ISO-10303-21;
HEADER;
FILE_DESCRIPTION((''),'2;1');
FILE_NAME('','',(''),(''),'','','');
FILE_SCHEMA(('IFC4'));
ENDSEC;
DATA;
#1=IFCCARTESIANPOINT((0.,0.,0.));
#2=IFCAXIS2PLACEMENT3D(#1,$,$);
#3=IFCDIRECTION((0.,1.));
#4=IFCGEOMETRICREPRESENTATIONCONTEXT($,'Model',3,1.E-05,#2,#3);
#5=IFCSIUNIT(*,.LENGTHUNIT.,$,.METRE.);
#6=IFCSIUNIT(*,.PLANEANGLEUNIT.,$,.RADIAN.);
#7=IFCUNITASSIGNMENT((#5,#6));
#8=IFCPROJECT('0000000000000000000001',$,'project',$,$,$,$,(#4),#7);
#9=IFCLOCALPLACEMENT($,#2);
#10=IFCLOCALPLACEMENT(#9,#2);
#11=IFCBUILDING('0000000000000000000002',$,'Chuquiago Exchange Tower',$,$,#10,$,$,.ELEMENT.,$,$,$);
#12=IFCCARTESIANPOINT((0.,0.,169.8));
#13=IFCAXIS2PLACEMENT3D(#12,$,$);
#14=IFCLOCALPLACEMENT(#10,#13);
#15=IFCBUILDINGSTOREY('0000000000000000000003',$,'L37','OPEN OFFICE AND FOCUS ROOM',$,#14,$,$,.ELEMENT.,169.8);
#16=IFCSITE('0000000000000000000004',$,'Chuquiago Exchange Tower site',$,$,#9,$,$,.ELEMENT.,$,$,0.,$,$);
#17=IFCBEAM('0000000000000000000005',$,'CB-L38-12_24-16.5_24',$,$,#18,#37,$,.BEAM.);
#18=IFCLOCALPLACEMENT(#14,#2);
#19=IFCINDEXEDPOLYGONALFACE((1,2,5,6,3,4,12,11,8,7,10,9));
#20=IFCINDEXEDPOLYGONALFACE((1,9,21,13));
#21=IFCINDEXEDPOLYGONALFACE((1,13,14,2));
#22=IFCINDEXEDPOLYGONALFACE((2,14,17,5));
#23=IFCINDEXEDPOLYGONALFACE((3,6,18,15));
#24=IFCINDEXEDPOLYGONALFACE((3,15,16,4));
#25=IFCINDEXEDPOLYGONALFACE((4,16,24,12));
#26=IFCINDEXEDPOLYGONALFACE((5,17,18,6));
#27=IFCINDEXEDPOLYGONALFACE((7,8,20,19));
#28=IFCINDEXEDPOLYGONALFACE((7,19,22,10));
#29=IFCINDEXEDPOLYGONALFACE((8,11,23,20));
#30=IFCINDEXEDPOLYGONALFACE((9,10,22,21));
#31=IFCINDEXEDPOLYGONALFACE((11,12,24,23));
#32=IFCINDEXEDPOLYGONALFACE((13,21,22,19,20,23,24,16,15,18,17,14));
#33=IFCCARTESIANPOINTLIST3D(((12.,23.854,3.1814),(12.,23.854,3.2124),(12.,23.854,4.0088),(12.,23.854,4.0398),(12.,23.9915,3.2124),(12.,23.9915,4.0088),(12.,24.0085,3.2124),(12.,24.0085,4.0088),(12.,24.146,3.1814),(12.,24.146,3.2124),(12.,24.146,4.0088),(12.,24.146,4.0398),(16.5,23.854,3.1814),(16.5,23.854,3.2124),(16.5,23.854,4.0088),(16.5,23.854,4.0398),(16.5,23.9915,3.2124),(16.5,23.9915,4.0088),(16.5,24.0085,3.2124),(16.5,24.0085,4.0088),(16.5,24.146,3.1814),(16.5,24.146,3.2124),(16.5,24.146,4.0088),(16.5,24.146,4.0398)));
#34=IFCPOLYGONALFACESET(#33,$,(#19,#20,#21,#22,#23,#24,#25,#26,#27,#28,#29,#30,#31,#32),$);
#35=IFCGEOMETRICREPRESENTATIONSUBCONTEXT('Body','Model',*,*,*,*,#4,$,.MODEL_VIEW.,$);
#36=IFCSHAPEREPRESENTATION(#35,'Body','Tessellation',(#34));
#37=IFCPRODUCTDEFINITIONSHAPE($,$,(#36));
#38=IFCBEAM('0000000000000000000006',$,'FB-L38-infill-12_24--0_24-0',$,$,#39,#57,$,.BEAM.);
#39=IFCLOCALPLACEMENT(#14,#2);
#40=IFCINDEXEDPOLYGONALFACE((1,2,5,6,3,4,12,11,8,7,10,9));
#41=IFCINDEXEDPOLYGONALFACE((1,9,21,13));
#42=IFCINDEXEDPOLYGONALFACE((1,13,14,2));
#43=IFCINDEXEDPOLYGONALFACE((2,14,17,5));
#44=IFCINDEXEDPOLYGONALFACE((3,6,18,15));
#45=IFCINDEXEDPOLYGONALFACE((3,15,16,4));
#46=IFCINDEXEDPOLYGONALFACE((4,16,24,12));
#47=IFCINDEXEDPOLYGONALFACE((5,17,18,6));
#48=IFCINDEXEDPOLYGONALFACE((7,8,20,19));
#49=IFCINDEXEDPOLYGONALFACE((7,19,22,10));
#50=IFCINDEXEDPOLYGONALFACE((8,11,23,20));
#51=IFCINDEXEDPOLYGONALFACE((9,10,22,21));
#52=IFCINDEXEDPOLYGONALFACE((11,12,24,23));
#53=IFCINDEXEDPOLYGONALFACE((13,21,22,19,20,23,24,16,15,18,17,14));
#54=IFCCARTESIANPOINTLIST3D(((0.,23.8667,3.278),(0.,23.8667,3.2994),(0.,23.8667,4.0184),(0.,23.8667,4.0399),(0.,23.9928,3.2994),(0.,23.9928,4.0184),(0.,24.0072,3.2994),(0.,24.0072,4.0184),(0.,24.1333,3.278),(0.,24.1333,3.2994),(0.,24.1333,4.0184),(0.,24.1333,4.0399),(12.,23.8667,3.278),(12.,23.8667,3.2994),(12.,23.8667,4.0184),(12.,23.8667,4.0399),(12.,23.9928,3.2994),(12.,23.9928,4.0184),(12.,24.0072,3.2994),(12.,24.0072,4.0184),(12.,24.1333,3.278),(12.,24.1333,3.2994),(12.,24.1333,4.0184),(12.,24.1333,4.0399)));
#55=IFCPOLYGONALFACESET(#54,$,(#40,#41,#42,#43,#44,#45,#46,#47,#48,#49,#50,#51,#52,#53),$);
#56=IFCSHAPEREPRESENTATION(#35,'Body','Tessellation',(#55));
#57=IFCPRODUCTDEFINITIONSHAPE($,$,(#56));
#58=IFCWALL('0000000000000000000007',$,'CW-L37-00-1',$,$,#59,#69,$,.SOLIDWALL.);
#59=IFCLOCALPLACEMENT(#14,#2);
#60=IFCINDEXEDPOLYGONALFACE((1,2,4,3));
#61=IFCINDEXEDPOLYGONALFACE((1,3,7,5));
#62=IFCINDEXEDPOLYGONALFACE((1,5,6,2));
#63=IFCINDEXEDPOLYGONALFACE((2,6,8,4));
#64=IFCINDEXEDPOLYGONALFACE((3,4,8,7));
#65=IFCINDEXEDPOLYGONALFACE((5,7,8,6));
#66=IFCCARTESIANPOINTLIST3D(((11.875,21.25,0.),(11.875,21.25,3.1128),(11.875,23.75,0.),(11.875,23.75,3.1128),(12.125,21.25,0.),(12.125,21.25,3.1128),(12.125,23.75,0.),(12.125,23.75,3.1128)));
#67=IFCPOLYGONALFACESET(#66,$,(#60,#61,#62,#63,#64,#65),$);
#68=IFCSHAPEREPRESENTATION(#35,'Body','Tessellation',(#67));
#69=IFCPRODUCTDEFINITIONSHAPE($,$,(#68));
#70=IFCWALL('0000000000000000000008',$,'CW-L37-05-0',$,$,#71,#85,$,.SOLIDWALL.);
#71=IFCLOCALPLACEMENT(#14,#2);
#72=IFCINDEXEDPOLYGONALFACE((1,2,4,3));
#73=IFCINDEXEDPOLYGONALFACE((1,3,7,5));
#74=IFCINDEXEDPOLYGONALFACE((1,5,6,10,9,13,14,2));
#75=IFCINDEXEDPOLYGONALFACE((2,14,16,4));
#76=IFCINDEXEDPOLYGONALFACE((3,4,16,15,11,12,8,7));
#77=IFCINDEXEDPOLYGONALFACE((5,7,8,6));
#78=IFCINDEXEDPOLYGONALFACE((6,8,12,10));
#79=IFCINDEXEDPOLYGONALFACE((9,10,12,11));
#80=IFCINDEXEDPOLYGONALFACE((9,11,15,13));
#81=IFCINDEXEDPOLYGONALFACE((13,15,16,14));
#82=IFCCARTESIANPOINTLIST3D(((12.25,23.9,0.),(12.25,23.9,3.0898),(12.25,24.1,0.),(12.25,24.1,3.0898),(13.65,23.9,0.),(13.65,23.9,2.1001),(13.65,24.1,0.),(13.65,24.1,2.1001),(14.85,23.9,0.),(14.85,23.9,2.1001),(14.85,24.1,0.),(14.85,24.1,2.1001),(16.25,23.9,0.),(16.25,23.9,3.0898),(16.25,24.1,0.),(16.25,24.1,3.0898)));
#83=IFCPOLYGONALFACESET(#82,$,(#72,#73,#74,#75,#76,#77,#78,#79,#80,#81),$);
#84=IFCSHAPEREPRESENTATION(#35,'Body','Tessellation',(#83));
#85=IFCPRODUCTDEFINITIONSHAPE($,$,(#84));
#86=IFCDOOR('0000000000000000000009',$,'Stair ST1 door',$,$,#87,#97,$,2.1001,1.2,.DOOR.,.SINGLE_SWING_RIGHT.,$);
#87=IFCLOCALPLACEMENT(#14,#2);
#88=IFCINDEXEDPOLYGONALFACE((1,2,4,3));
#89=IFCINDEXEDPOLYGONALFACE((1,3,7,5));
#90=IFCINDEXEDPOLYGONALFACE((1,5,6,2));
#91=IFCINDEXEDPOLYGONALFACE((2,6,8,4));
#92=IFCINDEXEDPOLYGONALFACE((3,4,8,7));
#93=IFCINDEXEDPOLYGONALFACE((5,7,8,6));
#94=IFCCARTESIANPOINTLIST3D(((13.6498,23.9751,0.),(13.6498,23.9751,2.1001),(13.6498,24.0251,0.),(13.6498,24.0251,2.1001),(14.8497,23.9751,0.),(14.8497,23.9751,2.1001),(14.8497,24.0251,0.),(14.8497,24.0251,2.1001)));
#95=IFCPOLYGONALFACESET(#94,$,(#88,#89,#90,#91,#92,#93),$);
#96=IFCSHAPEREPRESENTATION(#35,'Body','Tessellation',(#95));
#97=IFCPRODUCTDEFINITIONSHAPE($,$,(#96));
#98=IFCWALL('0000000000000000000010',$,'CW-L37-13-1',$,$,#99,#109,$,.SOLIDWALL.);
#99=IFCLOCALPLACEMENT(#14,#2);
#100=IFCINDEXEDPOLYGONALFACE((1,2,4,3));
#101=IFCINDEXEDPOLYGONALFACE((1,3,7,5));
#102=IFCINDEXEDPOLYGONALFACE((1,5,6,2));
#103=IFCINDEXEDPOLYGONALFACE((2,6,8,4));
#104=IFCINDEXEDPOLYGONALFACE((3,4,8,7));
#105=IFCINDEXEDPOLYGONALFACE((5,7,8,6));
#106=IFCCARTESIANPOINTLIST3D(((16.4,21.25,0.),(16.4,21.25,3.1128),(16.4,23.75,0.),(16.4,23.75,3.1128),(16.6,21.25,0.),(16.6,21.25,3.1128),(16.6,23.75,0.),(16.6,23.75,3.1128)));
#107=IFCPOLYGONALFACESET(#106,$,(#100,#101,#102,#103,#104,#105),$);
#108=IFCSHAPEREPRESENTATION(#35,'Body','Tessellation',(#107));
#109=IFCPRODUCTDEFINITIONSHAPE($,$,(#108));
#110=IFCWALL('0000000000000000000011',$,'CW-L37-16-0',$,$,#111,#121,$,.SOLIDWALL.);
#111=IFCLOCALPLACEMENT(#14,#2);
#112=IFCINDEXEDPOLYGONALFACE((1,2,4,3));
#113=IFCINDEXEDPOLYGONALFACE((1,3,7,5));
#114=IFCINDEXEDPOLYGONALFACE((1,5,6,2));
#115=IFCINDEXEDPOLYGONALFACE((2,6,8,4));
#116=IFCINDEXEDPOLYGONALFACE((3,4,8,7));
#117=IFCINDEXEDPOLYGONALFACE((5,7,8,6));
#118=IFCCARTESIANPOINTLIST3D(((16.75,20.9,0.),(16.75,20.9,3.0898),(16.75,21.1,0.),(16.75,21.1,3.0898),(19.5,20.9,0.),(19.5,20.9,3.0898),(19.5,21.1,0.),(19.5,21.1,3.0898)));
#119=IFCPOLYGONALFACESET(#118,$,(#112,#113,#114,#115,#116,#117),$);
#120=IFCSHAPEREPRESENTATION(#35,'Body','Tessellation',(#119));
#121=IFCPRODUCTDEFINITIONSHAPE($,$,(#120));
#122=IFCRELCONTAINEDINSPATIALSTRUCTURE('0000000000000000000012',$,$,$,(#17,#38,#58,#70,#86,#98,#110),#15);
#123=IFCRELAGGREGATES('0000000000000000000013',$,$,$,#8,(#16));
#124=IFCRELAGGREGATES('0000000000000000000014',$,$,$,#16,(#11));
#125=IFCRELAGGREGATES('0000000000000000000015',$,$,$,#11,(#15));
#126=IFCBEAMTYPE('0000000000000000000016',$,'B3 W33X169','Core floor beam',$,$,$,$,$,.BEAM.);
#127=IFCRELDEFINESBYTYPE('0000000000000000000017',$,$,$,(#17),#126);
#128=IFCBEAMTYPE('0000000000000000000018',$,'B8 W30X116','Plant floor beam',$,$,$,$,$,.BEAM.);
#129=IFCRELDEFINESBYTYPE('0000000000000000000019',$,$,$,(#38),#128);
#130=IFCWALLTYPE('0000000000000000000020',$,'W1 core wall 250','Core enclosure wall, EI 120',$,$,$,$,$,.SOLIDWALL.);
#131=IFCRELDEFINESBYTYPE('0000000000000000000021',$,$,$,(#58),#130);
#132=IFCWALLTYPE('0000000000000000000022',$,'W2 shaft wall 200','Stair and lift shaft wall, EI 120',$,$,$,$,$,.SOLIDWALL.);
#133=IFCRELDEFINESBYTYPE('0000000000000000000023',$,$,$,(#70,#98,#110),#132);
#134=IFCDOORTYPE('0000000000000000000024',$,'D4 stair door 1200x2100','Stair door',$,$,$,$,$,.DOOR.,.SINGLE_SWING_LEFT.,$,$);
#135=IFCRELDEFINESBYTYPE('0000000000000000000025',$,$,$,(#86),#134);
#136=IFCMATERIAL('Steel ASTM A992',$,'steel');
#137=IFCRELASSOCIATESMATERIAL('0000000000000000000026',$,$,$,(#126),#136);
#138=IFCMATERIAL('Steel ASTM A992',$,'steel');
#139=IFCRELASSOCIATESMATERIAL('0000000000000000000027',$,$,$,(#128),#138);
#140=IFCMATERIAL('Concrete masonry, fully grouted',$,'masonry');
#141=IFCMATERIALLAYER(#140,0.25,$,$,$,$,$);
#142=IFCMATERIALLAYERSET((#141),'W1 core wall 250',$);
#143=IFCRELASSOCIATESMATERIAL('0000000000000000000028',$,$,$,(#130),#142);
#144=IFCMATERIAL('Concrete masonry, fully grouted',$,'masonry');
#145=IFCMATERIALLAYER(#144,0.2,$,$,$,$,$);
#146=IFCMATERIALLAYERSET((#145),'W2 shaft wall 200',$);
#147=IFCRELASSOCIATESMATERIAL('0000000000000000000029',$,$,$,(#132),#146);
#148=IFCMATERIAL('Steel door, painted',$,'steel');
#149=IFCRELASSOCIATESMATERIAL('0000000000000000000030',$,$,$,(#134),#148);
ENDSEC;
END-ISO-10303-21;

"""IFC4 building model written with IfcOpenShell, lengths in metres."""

from ifc_helpers import new_model, si_unit, direction, frame, frame_2d, origin, origin_2d, place, context, subcontext, project, spatial, rectangle, i_section, extrude, material, layer, layer_set, material_profile, profile_set, type_object, element, fill, save


model = new_model("IFC4")

# Units and contexts
model_context = context("Model", 3, precision=1e-05, world=origin(), true_north=direction((0.0, 1.0)))
body_context = subcontext(model_context, "Body", "Model", "MODEL_VIEW")
ifc_project = project(units=[si_unit("LENGTHUNIT", "METRE"), si_unit("PLANEANGLEUNIT", "RADIAN")], contexts=[model_context])

# Site, building, storey
site_placement = place(None, origin())
site = spatial("IfcSite", under=ifc_project, at=site_placement, Name="Chuquiago Exchange Tower site", CompositionType="ELEMENT", RefElevation=0.0)
building_placement = place(site_placement, origin())
building = spatial("IfcBuilding", under=site, at=building_placement, Name="Chuquiago Exchange Tower", CompositionType="ELEMENT")
storey_placement = place(building_placement, frame((0.0, 0.0, 169.8)))
storey = spatial("IfcBuildingStorey", under=building, at=storey_placement, Name="L37", Description="OPEN OFFICE AND FOCUS ROOM", CompositionType="ELEMENT", Elevation=169.8)

# Beams
ifc_material_1 = material(Name="Steel ASTM A992", Category="steel")
ifc_material_profile_1 = material_profile(ifc_material_1, i_section(OverallWidth=0.292, OverallDepth=0.8584, WebThickness=0.0171, FlangeThickness=0.031, at=origin_2d()), Name="W33X169")
ifc_profile_set_1 = profile_set([ifc_material_profile_1], Name="Steel ASTM A992")
beam_type_1 = type_object("IfcBeamType", Name="B3 W33X169", Description="Core floor beam", PredefinedType="BEAM", material=ifc_profile_set_1)
beam_1_placement = place(storey_placement, frame((12.0, 24.0, 3.6106), z_axis=(1.0, 0.0, 0.0), x_axis=(0.0, 1.0, 0.0)))
element("IfcBeam", 1, at=beam_1_placement, inside=storey, type_object=beam_type_1, Name="CB-L38-12_24-16.5_24", PredefinedType="BEAM", context=body_context, shape_type="SweptSolid", body=[
    extrude(i_section(OverallWidth=0.292, OverallDepth=0.8584, WebThickness=0.0171, FlangeThickness=0.031, at=origin_2d()), origin(), (0.0, 0.0, 1.0), 4.5),
])
ifc_material_2 = material(Name="Steel ASTM A992", Category="steel")
ifc_material_profile_2 = material_profile(ifc_material_2, i_section(OverallWidth=0.2666, OverallDepth=0.762, WebThickness=0.0144, FlangeThickness=0.0215, at=origin_2d()), Name="W30X116")
ifc_profile_set_2 = profile_set([ifc_material_profile_2], Name="Steel ASTM A992")
beam_type_2 = type_object("IfcBeamType", Name="B8 W30X116", Description="Plant floor beam", PredefinedType="BEAM", material=ifc_profile_set_2)
beam_2_placement = place(storey_placement, frame((12.0, 24.0, 3.6589), z_axis=(-1.0, 0.0, 0.0), x_axis=(0.0, -1.0, 0.0)))
element("IfcBeam", 2, at=beam_2_placement, inside=storey, type_object=beam_type_2, Name="FB-L38-infill-12_24--0_24-0", PredefinedType="BEAM", context=body_context, shape_type="SweptSolid", body=[
    extrude(i_section(OverallWidth=0.2666, OverallDepth=0.762, WebThickness=0.0144, FlangeThickness=0.0215, at=origin_2d()), origin(), (0.0, 0.0, 1.0), 12.0),
])

# Wall
ifc_material_3 = material(Name="Concrete masonry, fully grouted", Category="masonry")
ifc_layer_1 = layer(ifc_material_3, 0.25)
ifc_layer_set_1 = layer_set([ifc_layer_1], Name="W1 core wall 250")
wall_type_1 = type_object("IfcWallType", Name="W1 core wall 250", Description="Core enclosure wall, EI 120", PredefinedType="SOLIDWALL", material=ifc_layer_set_1)
wall_1_placement = place(storey_placement, frame((12.0, 21.25, 0.0), z_axis=(0.0, 0.0, 1.0), x_axis=(0.0, 1.0, 0.0)))
element("IfcWall", 3, at=wall_1_placement, inside=storey, type_object=wall_type_1, Name="CW-L37-00-1", PredefinedType="SOLIDWALL", context=body_context, shape_type="SweptSolid", body=[
    extrude(rectangle(XDim=2.5, YDim=0.25, at=frame_2d((1.25, 0.0))), origin(), (0.0, 0.0, 1.0), 3.1128),
])

# Wall, opening, door
ifc_material_4 = material(Name="Concrete masonry, fully grouted", Category="masonry")
ifc_layer_2 = layer(ifc_material_4, 0.2)
ifc_layer_set_2 = layer_set([ifc_layer_2], Name="W2 shaft wall 200")
wall_type_2 = type_object("IfcWallType", Name="W2 shaft wall 200", Description="Stair and lift shaft wall, EI 120", PredefinedType="SOLIDWALL", material=ifc_layer_set_2)
wall_2_placement = place(storey_placement, frame((12.25, 24.0, 0.0), z_axis=(0.0, 0.0, 1.0), x_axis=(1.0, 0.0, 0.0)))
wall_2 = element("IfcWall", 4, at=wall_2_placement, inside=storey, type_object=wall_type_2, Name="CW-L37-05-0", PredefinedType="SOLIDWALL", context=body_context, shape_type="SweptSolid", body=[
    extrude(rectangle(XDim=4.0, YDim=0.2, at=frame_2d((2.0, 0.0))), origin(), (0.0, 0.0, 1.0), 3.0898),
])
opening_placement = place(wall_2_placement, frame((1.3999, 0.0, 0.0)))
opening = element("IfcOpeningElement", 5, at=opening_placement, cuts=wall_2, PredefinedType="OPENING", context=body_context, shape_type="SweptSolid", body=[
    extrude(rectangle(XDim=1.2, YDim=2.1001, at=frame_2d((0.6001, 1.05))), frame((0.0, 0.1099, 0.0), z_axis=(0.0, -1.0, 0.0), x_axis=(1.0, 0.0, 0.0)), (0.0, 0.0, 1.0), 0.22),
])
ifc_material_5 = material(Name="Steel door, painted", Category="steel")
door_type = type_object("IfcDoorType", Name="D4 stair door 1200x2100", Description="Stair door", OperationType="SINGLE_SWING_LEFT", PredefinedType="DOOR", material=ifc_material_5)
door_placement = place(opening_placement, frame((1.2, 0.0, 0.0), z_axis=(0.0, 0.0, 1.0), x_axis=(-1.0, 0.0, 0.0)))
door = element("IfcDoor", 6, at=door_placement, inside=storey, type_object=door_type, Name="Stair ST1 door", OperationType="SINGLE_SWING_RIGHT", OverallHeight=2.1001, OverallWidth=1.2, PredefinedType="DOOR", context=body_context, shape_type="SweptSolid", body=[
    extrude(rectangle(XDim=1.2, YDim=2.1001, at=frame_2d((0.6001, 1.05))), frame((0.0, 0.0249, 0.0), z_axis=(0.0, -1.0, 0.0), x_axis=(1.0, 0.0, 0.0)), (0.0, 0.0, 1.0), 0.05),
])
fill(opening, door)

# Walls
wall_3_placement = place(storey_placement, frame((16.5, 21.25, 0.0), z_axis=(0.0, 0.0, 1.0), x_axis=(0.0, 1.0, 0.0)))
element("IfcWall", 7, at=wall_3_placement, inside=storey, type_object=wall_type_2, Name="CW-L37-13-1", PredefinedType="SOLIDWALL", context=body_context, shape_type="SweptSolid", body=[
    extrude(rectangle(XDim=2.5, YDim=0.2, at=frame_2d((1.25, 0.0))), origin(), (0.0, 0.0, 1.0), 3.1128),
])
wall_4_placement = place(storey_placement, frame((16.75, 21.0, 0.0), z_axis=(0.0, 0.0, 1.0), x_axis=(1.0, 0.0, 0.0)))
element("IfcWall", 8, at=wall_4_placement, inside=storey, type_object=wall_type_2, Name="CW-L37-16-0", PredefinedType="SOLIDWALL", context=body_context, shape_type="SweptSolid", body=[
    extrude(rectangle(XDim=2.75, YDim=0.2, at=frame_2d((1.375, 0.0))), origin(), (0.0, 0.0, 1.0), 3.0898),
])

save(model, "model.ifc")
